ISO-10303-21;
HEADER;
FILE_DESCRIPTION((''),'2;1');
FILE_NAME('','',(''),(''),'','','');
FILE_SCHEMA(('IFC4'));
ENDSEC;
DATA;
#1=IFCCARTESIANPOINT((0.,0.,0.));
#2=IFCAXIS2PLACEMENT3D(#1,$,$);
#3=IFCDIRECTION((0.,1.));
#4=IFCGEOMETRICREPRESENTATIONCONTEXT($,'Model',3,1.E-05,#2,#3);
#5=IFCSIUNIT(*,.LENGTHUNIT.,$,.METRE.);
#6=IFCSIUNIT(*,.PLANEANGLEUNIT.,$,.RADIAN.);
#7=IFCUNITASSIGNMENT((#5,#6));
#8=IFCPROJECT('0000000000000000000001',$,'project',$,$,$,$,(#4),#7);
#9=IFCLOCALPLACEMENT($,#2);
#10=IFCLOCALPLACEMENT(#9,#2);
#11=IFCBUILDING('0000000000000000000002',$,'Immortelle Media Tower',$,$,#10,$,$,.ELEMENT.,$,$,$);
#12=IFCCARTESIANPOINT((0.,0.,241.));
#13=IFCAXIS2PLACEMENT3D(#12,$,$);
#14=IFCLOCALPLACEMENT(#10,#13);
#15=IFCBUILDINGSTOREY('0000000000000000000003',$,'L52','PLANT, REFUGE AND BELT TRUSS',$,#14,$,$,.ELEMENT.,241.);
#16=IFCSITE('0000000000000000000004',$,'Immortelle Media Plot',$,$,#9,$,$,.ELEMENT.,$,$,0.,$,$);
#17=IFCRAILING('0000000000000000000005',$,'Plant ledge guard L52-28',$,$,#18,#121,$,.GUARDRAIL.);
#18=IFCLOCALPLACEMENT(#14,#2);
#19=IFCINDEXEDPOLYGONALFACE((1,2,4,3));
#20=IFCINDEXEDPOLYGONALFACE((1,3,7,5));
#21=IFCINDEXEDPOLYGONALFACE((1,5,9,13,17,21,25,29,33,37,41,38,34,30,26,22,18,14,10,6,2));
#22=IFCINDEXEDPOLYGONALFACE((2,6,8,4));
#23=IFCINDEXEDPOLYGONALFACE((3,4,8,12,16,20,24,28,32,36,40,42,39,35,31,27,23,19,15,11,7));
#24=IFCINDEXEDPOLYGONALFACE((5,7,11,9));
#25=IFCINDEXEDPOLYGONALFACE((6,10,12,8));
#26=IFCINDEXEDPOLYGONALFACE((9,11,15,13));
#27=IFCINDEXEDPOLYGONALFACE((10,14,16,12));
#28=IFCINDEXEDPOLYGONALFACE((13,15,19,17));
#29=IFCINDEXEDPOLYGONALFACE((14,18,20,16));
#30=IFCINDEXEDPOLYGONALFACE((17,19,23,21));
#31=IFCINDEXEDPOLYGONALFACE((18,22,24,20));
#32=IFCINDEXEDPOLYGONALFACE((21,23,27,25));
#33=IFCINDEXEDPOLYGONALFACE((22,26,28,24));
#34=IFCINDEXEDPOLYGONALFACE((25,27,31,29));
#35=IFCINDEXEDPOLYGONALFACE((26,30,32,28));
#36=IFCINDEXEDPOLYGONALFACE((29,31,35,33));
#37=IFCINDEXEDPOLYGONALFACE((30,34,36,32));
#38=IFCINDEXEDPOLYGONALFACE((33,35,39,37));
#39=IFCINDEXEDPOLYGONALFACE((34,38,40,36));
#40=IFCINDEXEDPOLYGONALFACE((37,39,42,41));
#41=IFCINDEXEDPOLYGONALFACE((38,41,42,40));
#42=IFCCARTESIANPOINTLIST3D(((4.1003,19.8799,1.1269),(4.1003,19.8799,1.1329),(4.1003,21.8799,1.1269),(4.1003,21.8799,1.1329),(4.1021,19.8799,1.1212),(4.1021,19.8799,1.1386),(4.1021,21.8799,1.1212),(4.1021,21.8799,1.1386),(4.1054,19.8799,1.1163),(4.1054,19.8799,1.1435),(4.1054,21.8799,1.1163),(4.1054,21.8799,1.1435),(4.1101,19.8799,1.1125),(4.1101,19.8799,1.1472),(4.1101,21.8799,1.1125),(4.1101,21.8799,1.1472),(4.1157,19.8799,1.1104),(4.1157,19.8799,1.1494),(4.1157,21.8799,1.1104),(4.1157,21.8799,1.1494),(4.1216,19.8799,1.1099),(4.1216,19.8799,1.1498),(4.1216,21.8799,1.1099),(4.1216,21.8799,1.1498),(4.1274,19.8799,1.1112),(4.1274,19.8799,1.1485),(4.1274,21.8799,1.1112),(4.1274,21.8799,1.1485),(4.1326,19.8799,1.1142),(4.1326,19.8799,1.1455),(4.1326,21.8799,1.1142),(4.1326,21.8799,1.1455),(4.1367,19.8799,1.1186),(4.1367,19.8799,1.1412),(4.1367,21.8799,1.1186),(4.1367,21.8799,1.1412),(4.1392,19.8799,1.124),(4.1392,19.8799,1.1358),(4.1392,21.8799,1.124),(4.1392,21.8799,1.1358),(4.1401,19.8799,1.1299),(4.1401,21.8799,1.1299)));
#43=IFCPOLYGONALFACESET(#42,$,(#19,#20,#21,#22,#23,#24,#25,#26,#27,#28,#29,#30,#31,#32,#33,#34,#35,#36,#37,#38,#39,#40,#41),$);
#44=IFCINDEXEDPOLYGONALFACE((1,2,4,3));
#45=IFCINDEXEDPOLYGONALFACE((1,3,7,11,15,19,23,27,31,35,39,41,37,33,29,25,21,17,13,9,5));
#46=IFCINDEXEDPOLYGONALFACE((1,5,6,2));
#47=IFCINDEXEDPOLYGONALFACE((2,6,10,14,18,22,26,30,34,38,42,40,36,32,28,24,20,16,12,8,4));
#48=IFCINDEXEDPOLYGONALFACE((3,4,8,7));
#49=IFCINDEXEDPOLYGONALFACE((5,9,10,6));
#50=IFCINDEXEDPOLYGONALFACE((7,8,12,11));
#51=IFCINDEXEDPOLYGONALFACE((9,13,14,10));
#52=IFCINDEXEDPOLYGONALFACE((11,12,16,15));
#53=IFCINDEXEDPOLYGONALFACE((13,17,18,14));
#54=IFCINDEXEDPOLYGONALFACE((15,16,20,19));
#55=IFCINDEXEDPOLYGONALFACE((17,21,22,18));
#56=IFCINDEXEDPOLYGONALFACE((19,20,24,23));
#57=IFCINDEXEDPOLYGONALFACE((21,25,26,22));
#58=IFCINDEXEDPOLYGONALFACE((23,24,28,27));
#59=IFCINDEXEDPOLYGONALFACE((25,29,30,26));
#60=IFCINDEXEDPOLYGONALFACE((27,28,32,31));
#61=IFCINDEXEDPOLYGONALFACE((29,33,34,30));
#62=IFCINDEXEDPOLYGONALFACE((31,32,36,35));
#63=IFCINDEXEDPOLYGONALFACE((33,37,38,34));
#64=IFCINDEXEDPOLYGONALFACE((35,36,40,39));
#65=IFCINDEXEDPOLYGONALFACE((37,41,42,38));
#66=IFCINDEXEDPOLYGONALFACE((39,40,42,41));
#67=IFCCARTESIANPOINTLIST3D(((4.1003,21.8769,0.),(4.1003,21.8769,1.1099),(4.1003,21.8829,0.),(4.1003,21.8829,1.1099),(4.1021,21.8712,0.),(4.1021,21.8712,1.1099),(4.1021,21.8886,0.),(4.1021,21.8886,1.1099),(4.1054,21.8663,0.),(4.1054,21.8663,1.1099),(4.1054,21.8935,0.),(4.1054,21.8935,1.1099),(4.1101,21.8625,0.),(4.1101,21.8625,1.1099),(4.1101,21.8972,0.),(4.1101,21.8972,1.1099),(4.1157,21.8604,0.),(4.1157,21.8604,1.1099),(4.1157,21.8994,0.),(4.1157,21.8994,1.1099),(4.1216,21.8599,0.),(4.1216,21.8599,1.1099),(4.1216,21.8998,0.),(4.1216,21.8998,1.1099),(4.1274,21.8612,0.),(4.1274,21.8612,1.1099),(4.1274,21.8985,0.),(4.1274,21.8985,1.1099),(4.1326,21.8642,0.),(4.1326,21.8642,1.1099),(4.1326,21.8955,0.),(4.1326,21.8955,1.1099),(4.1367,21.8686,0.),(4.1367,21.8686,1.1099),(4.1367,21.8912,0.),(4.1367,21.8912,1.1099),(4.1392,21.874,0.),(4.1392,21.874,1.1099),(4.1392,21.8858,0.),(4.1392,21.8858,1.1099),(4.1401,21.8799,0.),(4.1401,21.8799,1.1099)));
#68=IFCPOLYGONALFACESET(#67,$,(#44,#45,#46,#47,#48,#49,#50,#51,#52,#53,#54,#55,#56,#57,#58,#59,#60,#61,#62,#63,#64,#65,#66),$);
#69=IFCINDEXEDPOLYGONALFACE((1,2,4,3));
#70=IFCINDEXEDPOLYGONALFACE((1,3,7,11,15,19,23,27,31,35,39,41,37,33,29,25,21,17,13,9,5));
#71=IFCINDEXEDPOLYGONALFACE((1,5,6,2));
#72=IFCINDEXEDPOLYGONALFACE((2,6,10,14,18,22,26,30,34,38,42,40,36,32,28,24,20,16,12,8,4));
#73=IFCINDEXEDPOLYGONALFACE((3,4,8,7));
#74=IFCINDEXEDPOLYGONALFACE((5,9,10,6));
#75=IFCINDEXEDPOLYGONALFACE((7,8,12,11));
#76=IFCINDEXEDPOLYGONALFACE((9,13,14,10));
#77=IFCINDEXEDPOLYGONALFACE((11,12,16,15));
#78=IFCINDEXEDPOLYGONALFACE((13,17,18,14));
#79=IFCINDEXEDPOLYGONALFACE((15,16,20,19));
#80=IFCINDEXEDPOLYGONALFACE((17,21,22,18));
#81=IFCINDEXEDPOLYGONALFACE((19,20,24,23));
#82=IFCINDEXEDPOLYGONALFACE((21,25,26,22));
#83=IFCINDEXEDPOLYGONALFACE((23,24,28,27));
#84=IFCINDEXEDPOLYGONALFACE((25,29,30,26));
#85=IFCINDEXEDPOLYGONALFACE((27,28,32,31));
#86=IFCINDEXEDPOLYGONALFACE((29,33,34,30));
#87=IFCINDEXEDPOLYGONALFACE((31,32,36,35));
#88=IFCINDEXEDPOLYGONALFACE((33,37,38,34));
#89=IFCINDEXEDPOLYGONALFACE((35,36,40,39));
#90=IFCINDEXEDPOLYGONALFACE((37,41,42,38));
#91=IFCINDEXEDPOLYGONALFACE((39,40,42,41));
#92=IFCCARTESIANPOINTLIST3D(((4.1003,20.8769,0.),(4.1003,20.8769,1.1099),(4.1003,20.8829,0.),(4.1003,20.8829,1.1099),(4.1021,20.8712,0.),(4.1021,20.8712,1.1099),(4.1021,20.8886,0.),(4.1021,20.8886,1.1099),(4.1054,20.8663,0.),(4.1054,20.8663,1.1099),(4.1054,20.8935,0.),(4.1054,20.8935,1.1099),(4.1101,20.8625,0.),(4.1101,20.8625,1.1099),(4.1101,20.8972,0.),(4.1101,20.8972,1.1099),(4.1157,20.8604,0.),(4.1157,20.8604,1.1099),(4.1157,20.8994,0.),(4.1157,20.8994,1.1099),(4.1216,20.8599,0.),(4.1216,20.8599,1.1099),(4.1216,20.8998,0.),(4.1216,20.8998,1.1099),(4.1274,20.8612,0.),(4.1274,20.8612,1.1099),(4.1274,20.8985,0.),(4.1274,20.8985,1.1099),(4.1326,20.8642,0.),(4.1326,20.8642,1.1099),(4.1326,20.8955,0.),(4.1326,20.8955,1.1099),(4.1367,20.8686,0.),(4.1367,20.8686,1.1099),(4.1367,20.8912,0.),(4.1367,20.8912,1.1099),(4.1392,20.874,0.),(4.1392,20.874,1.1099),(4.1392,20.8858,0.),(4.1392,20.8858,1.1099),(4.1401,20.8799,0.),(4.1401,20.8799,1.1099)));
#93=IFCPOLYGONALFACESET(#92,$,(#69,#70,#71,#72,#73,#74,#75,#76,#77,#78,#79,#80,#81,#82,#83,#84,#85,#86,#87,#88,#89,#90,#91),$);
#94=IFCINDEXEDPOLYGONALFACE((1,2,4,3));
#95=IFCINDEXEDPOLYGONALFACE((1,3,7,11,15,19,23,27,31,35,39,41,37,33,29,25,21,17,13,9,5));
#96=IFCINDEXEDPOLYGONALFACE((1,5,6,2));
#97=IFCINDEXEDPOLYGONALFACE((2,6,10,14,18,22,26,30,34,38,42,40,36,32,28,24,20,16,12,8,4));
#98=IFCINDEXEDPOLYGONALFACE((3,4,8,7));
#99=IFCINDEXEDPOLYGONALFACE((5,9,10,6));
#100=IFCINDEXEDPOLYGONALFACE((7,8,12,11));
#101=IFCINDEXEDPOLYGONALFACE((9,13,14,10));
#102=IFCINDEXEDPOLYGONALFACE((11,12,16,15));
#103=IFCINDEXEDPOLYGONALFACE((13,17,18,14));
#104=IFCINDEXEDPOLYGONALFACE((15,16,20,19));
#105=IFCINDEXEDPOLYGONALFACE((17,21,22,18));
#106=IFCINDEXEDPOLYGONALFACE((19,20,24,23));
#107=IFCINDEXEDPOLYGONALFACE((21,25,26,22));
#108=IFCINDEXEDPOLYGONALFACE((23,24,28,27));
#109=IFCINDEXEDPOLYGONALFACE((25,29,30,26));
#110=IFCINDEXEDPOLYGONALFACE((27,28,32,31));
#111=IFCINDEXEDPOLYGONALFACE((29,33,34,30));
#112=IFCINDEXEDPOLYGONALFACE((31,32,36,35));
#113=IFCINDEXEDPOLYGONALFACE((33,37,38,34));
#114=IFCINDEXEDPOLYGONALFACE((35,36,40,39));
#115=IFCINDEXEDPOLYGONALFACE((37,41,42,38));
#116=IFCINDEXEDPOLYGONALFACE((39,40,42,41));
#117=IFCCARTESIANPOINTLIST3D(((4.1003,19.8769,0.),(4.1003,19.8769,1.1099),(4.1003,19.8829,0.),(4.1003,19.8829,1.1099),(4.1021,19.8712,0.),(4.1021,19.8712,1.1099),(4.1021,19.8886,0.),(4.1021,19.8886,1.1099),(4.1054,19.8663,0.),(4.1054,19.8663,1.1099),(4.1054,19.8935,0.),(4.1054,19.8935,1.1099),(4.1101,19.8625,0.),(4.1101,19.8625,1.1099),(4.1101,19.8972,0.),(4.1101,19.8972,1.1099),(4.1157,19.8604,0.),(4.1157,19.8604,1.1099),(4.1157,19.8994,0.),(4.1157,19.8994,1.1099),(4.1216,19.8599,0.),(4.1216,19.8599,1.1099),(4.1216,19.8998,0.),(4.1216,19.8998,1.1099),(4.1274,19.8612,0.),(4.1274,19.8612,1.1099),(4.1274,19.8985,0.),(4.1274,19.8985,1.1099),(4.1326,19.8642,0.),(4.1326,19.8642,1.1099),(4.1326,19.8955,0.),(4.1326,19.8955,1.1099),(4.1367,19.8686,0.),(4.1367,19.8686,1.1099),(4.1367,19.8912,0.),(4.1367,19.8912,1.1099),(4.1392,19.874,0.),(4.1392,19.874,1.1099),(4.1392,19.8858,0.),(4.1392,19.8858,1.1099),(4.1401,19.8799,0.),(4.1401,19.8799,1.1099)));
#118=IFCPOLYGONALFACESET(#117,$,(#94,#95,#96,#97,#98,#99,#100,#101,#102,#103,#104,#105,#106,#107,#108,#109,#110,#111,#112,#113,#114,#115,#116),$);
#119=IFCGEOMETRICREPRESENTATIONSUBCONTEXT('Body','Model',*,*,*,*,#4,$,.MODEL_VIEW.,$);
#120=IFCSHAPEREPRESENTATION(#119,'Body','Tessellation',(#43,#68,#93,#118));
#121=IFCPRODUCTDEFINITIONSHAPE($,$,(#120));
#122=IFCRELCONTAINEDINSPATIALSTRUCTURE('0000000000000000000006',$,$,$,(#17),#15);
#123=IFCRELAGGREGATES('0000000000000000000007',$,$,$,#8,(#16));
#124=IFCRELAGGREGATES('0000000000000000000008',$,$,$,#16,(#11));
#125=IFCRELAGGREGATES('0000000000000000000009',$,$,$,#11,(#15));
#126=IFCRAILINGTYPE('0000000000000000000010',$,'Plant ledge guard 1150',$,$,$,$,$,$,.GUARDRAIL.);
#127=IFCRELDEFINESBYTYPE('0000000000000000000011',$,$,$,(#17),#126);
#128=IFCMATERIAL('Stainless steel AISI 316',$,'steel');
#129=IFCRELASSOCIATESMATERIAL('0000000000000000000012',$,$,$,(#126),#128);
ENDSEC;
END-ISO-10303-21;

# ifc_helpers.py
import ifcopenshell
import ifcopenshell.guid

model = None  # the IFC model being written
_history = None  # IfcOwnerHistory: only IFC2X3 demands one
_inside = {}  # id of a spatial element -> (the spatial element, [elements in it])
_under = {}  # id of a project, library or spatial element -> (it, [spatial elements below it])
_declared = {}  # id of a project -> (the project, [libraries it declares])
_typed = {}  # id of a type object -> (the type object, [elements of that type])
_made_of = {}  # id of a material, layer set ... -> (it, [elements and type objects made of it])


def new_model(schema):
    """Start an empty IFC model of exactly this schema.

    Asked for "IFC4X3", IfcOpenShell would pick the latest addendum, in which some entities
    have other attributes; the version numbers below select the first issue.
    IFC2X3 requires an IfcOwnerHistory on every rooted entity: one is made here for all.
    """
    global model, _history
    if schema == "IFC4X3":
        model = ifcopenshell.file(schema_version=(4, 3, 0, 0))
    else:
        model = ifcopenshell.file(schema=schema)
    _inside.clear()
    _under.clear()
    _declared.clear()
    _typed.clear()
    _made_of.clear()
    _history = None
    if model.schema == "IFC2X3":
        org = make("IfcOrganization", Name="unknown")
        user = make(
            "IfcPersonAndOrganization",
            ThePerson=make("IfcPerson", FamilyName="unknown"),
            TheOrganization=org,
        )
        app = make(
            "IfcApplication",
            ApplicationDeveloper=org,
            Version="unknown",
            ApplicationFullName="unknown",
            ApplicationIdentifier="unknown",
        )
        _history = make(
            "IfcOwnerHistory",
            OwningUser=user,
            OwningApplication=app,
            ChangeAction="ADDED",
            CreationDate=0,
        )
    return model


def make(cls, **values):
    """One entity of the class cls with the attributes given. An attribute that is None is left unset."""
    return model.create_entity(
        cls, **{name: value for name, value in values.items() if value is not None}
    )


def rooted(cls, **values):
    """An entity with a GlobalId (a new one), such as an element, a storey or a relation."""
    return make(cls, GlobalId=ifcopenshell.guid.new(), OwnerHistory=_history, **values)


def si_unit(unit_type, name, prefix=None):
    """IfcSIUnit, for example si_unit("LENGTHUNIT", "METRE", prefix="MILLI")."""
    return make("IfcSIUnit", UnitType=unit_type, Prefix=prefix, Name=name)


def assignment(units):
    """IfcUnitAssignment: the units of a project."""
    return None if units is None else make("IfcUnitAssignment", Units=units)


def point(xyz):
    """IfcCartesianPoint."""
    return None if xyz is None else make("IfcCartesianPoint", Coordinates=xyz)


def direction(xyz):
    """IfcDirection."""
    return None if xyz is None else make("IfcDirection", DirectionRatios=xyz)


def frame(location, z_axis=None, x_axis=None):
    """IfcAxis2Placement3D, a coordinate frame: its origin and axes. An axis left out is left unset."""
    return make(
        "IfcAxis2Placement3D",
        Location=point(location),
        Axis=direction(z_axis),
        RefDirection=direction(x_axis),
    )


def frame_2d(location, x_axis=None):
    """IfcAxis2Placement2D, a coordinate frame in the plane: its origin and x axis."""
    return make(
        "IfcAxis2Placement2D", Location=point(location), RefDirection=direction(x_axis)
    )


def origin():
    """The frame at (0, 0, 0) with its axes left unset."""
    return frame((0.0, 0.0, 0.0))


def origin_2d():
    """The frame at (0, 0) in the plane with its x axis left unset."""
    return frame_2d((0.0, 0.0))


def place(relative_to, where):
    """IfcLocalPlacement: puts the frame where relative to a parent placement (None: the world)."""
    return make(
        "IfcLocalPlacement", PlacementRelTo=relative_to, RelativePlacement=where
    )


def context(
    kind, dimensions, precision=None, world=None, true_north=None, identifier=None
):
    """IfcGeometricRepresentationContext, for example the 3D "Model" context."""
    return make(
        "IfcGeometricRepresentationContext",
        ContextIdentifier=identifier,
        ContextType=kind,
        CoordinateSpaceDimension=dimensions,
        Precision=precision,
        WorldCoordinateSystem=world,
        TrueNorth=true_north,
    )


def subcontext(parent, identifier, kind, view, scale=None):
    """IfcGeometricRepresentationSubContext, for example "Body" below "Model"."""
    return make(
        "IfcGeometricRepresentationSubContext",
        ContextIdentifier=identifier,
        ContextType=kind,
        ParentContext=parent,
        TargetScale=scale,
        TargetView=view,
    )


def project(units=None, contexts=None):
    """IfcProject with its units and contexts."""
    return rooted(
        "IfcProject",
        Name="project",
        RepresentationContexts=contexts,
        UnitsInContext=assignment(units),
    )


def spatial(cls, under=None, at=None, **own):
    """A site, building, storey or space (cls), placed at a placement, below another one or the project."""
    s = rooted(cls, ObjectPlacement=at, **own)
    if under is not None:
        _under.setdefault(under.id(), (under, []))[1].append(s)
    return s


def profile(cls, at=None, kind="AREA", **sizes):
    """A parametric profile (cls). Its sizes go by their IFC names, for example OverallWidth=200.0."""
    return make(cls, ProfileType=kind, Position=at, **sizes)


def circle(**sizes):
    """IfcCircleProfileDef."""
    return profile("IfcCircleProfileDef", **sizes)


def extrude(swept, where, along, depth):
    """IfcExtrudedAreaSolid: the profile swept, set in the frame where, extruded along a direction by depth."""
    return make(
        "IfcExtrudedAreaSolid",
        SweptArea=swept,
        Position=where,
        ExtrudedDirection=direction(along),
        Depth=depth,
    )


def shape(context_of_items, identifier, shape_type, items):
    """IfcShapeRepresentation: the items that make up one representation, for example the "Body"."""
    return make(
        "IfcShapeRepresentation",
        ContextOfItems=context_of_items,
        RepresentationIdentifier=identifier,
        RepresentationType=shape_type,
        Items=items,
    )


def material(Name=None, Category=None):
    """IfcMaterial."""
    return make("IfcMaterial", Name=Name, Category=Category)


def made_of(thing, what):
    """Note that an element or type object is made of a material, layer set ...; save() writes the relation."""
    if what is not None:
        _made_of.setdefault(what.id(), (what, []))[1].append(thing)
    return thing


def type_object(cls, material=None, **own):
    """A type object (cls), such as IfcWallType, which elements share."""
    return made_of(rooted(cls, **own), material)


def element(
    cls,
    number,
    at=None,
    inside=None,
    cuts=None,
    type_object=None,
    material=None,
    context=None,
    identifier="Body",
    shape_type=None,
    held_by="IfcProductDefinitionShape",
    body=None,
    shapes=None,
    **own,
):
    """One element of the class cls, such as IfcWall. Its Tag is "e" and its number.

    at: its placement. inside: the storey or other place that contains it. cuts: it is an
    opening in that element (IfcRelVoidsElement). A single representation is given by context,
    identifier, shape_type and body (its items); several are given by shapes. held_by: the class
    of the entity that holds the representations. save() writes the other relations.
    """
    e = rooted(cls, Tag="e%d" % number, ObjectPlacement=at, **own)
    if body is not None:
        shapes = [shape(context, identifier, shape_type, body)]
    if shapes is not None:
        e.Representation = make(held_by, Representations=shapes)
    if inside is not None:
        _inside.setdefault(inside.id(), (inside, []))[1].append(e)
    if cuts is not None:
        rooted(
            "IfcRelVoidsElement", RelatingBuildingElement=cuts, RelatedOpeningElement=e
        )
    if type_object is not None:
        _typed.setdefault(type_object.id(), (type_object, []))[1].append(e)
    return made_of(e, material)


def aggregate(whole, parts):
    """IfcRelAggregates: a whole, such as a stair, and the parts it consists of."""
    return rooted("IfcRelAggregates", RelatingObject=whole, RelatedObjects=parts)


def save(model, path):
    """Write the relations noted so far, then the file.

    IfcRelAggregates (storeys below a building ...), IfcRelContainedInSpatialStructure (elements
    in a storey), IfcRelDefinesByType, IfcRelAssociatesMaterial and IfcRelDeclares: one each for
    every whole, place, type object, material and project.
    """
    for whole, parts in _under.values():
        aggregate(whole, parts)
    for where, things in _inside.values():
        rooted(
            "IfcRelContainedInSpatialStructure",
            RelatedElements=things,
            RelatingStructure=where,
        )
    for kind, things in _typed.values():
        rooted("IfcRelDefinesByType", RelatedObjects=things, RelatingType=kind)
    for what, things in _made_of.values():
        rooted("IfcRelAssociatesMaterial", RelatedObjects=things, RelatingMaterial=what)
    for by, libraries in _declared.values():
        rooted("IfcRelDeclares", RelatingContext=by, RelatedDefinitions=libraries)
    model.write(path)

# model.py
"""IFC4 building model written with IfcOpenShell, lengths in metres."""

from ifc_helpers import new_model, si_unit, direction, frame, origin, origin_2d, place, context, subcontext, project, spatial, circle, extrude, material, type_object, element, save


model = new_model("IFC4")

# Units and contexts
model_context = context("Model", 3, precision=1e-05, world=origin(), true_north=direction((0.0, 1.0)))
body_context = subcontext(model_context, "Body", "Model", "MODEL_VIEW")
ifc_project = project(units=[si_unit("LENGTHUNIT", "METRE"), si_unit("PLANEANGLEUNIT", "RADIAN")], contexts=[model_context])

# Site, building, storey
site_placement = place(None, origin())
site = spatial("IfcSite", under=ifc_project, at=site_placement, Name="Immortelle Media Plot", CompositionType="ELEMENT", RefElevation=0.0)
building_placement = place(site_placement, origin())
building = spatial("IfcBuilding", under=site, at=building_placement, Name="Immortelle Media Tower", CompositionType="ELEMENT")
storey_placement = place(building_placement, frame((0.0, 0.0, 241.0)))
storey = spatial("IfcBuildingStorey", under=building, at=storey_placement, Name="L52", Description="PLANT, REFUGE AND BELT TRUSS", CompositionType="ELEMENT", Elevation=241.0)

# Railing
ifc_material_1 = material(Name="Stainless steel AISI 316", Category="steel")
railing_type = type_object("IfcRailingType", Name="Plant ledge guard 1150", PredefinedType="GUARDRAIL", material=ifc_material_1)
railing_1_placement = place(storey_placement, frame((4.1201, 21.8799, 0.0)))
element("IfcRailing", 1, at=railing_1_placement, inside=storey, type_object=railing_type, Name="Plant ledge guard L52-28", PredefinedType="GUARDRAIL", context=body_context, shape_type="SweptSolid", body=[
    extrude(circle(Radius=0.02, at=origin_2d()), frame((0.0, 0.0, 1.1299), z_axis=(0.0, -1.0, 0.0), x_axis=(1.0, 0.0, 0.0)), (0.0, 0.0, 1.0), 2.0),
    extrude(circle(Radius=0.02, at=origin_2d()), origin(), (0.0, 0.0, 1.0), 1.1099),
    extrude(circle(Radius=0.02, at=origin_2d()), frame((0.0, -1.0, 0.0)), (0.0, 0.0, 1.0), 1.1099),
    extrude(circle(Radius=0.02, at=origin_2d()), frame((0.0, -2.0, 0.0)), (0.0, 0.0, 1.0), 1.1099),
])

save(model, "model.ifc")
